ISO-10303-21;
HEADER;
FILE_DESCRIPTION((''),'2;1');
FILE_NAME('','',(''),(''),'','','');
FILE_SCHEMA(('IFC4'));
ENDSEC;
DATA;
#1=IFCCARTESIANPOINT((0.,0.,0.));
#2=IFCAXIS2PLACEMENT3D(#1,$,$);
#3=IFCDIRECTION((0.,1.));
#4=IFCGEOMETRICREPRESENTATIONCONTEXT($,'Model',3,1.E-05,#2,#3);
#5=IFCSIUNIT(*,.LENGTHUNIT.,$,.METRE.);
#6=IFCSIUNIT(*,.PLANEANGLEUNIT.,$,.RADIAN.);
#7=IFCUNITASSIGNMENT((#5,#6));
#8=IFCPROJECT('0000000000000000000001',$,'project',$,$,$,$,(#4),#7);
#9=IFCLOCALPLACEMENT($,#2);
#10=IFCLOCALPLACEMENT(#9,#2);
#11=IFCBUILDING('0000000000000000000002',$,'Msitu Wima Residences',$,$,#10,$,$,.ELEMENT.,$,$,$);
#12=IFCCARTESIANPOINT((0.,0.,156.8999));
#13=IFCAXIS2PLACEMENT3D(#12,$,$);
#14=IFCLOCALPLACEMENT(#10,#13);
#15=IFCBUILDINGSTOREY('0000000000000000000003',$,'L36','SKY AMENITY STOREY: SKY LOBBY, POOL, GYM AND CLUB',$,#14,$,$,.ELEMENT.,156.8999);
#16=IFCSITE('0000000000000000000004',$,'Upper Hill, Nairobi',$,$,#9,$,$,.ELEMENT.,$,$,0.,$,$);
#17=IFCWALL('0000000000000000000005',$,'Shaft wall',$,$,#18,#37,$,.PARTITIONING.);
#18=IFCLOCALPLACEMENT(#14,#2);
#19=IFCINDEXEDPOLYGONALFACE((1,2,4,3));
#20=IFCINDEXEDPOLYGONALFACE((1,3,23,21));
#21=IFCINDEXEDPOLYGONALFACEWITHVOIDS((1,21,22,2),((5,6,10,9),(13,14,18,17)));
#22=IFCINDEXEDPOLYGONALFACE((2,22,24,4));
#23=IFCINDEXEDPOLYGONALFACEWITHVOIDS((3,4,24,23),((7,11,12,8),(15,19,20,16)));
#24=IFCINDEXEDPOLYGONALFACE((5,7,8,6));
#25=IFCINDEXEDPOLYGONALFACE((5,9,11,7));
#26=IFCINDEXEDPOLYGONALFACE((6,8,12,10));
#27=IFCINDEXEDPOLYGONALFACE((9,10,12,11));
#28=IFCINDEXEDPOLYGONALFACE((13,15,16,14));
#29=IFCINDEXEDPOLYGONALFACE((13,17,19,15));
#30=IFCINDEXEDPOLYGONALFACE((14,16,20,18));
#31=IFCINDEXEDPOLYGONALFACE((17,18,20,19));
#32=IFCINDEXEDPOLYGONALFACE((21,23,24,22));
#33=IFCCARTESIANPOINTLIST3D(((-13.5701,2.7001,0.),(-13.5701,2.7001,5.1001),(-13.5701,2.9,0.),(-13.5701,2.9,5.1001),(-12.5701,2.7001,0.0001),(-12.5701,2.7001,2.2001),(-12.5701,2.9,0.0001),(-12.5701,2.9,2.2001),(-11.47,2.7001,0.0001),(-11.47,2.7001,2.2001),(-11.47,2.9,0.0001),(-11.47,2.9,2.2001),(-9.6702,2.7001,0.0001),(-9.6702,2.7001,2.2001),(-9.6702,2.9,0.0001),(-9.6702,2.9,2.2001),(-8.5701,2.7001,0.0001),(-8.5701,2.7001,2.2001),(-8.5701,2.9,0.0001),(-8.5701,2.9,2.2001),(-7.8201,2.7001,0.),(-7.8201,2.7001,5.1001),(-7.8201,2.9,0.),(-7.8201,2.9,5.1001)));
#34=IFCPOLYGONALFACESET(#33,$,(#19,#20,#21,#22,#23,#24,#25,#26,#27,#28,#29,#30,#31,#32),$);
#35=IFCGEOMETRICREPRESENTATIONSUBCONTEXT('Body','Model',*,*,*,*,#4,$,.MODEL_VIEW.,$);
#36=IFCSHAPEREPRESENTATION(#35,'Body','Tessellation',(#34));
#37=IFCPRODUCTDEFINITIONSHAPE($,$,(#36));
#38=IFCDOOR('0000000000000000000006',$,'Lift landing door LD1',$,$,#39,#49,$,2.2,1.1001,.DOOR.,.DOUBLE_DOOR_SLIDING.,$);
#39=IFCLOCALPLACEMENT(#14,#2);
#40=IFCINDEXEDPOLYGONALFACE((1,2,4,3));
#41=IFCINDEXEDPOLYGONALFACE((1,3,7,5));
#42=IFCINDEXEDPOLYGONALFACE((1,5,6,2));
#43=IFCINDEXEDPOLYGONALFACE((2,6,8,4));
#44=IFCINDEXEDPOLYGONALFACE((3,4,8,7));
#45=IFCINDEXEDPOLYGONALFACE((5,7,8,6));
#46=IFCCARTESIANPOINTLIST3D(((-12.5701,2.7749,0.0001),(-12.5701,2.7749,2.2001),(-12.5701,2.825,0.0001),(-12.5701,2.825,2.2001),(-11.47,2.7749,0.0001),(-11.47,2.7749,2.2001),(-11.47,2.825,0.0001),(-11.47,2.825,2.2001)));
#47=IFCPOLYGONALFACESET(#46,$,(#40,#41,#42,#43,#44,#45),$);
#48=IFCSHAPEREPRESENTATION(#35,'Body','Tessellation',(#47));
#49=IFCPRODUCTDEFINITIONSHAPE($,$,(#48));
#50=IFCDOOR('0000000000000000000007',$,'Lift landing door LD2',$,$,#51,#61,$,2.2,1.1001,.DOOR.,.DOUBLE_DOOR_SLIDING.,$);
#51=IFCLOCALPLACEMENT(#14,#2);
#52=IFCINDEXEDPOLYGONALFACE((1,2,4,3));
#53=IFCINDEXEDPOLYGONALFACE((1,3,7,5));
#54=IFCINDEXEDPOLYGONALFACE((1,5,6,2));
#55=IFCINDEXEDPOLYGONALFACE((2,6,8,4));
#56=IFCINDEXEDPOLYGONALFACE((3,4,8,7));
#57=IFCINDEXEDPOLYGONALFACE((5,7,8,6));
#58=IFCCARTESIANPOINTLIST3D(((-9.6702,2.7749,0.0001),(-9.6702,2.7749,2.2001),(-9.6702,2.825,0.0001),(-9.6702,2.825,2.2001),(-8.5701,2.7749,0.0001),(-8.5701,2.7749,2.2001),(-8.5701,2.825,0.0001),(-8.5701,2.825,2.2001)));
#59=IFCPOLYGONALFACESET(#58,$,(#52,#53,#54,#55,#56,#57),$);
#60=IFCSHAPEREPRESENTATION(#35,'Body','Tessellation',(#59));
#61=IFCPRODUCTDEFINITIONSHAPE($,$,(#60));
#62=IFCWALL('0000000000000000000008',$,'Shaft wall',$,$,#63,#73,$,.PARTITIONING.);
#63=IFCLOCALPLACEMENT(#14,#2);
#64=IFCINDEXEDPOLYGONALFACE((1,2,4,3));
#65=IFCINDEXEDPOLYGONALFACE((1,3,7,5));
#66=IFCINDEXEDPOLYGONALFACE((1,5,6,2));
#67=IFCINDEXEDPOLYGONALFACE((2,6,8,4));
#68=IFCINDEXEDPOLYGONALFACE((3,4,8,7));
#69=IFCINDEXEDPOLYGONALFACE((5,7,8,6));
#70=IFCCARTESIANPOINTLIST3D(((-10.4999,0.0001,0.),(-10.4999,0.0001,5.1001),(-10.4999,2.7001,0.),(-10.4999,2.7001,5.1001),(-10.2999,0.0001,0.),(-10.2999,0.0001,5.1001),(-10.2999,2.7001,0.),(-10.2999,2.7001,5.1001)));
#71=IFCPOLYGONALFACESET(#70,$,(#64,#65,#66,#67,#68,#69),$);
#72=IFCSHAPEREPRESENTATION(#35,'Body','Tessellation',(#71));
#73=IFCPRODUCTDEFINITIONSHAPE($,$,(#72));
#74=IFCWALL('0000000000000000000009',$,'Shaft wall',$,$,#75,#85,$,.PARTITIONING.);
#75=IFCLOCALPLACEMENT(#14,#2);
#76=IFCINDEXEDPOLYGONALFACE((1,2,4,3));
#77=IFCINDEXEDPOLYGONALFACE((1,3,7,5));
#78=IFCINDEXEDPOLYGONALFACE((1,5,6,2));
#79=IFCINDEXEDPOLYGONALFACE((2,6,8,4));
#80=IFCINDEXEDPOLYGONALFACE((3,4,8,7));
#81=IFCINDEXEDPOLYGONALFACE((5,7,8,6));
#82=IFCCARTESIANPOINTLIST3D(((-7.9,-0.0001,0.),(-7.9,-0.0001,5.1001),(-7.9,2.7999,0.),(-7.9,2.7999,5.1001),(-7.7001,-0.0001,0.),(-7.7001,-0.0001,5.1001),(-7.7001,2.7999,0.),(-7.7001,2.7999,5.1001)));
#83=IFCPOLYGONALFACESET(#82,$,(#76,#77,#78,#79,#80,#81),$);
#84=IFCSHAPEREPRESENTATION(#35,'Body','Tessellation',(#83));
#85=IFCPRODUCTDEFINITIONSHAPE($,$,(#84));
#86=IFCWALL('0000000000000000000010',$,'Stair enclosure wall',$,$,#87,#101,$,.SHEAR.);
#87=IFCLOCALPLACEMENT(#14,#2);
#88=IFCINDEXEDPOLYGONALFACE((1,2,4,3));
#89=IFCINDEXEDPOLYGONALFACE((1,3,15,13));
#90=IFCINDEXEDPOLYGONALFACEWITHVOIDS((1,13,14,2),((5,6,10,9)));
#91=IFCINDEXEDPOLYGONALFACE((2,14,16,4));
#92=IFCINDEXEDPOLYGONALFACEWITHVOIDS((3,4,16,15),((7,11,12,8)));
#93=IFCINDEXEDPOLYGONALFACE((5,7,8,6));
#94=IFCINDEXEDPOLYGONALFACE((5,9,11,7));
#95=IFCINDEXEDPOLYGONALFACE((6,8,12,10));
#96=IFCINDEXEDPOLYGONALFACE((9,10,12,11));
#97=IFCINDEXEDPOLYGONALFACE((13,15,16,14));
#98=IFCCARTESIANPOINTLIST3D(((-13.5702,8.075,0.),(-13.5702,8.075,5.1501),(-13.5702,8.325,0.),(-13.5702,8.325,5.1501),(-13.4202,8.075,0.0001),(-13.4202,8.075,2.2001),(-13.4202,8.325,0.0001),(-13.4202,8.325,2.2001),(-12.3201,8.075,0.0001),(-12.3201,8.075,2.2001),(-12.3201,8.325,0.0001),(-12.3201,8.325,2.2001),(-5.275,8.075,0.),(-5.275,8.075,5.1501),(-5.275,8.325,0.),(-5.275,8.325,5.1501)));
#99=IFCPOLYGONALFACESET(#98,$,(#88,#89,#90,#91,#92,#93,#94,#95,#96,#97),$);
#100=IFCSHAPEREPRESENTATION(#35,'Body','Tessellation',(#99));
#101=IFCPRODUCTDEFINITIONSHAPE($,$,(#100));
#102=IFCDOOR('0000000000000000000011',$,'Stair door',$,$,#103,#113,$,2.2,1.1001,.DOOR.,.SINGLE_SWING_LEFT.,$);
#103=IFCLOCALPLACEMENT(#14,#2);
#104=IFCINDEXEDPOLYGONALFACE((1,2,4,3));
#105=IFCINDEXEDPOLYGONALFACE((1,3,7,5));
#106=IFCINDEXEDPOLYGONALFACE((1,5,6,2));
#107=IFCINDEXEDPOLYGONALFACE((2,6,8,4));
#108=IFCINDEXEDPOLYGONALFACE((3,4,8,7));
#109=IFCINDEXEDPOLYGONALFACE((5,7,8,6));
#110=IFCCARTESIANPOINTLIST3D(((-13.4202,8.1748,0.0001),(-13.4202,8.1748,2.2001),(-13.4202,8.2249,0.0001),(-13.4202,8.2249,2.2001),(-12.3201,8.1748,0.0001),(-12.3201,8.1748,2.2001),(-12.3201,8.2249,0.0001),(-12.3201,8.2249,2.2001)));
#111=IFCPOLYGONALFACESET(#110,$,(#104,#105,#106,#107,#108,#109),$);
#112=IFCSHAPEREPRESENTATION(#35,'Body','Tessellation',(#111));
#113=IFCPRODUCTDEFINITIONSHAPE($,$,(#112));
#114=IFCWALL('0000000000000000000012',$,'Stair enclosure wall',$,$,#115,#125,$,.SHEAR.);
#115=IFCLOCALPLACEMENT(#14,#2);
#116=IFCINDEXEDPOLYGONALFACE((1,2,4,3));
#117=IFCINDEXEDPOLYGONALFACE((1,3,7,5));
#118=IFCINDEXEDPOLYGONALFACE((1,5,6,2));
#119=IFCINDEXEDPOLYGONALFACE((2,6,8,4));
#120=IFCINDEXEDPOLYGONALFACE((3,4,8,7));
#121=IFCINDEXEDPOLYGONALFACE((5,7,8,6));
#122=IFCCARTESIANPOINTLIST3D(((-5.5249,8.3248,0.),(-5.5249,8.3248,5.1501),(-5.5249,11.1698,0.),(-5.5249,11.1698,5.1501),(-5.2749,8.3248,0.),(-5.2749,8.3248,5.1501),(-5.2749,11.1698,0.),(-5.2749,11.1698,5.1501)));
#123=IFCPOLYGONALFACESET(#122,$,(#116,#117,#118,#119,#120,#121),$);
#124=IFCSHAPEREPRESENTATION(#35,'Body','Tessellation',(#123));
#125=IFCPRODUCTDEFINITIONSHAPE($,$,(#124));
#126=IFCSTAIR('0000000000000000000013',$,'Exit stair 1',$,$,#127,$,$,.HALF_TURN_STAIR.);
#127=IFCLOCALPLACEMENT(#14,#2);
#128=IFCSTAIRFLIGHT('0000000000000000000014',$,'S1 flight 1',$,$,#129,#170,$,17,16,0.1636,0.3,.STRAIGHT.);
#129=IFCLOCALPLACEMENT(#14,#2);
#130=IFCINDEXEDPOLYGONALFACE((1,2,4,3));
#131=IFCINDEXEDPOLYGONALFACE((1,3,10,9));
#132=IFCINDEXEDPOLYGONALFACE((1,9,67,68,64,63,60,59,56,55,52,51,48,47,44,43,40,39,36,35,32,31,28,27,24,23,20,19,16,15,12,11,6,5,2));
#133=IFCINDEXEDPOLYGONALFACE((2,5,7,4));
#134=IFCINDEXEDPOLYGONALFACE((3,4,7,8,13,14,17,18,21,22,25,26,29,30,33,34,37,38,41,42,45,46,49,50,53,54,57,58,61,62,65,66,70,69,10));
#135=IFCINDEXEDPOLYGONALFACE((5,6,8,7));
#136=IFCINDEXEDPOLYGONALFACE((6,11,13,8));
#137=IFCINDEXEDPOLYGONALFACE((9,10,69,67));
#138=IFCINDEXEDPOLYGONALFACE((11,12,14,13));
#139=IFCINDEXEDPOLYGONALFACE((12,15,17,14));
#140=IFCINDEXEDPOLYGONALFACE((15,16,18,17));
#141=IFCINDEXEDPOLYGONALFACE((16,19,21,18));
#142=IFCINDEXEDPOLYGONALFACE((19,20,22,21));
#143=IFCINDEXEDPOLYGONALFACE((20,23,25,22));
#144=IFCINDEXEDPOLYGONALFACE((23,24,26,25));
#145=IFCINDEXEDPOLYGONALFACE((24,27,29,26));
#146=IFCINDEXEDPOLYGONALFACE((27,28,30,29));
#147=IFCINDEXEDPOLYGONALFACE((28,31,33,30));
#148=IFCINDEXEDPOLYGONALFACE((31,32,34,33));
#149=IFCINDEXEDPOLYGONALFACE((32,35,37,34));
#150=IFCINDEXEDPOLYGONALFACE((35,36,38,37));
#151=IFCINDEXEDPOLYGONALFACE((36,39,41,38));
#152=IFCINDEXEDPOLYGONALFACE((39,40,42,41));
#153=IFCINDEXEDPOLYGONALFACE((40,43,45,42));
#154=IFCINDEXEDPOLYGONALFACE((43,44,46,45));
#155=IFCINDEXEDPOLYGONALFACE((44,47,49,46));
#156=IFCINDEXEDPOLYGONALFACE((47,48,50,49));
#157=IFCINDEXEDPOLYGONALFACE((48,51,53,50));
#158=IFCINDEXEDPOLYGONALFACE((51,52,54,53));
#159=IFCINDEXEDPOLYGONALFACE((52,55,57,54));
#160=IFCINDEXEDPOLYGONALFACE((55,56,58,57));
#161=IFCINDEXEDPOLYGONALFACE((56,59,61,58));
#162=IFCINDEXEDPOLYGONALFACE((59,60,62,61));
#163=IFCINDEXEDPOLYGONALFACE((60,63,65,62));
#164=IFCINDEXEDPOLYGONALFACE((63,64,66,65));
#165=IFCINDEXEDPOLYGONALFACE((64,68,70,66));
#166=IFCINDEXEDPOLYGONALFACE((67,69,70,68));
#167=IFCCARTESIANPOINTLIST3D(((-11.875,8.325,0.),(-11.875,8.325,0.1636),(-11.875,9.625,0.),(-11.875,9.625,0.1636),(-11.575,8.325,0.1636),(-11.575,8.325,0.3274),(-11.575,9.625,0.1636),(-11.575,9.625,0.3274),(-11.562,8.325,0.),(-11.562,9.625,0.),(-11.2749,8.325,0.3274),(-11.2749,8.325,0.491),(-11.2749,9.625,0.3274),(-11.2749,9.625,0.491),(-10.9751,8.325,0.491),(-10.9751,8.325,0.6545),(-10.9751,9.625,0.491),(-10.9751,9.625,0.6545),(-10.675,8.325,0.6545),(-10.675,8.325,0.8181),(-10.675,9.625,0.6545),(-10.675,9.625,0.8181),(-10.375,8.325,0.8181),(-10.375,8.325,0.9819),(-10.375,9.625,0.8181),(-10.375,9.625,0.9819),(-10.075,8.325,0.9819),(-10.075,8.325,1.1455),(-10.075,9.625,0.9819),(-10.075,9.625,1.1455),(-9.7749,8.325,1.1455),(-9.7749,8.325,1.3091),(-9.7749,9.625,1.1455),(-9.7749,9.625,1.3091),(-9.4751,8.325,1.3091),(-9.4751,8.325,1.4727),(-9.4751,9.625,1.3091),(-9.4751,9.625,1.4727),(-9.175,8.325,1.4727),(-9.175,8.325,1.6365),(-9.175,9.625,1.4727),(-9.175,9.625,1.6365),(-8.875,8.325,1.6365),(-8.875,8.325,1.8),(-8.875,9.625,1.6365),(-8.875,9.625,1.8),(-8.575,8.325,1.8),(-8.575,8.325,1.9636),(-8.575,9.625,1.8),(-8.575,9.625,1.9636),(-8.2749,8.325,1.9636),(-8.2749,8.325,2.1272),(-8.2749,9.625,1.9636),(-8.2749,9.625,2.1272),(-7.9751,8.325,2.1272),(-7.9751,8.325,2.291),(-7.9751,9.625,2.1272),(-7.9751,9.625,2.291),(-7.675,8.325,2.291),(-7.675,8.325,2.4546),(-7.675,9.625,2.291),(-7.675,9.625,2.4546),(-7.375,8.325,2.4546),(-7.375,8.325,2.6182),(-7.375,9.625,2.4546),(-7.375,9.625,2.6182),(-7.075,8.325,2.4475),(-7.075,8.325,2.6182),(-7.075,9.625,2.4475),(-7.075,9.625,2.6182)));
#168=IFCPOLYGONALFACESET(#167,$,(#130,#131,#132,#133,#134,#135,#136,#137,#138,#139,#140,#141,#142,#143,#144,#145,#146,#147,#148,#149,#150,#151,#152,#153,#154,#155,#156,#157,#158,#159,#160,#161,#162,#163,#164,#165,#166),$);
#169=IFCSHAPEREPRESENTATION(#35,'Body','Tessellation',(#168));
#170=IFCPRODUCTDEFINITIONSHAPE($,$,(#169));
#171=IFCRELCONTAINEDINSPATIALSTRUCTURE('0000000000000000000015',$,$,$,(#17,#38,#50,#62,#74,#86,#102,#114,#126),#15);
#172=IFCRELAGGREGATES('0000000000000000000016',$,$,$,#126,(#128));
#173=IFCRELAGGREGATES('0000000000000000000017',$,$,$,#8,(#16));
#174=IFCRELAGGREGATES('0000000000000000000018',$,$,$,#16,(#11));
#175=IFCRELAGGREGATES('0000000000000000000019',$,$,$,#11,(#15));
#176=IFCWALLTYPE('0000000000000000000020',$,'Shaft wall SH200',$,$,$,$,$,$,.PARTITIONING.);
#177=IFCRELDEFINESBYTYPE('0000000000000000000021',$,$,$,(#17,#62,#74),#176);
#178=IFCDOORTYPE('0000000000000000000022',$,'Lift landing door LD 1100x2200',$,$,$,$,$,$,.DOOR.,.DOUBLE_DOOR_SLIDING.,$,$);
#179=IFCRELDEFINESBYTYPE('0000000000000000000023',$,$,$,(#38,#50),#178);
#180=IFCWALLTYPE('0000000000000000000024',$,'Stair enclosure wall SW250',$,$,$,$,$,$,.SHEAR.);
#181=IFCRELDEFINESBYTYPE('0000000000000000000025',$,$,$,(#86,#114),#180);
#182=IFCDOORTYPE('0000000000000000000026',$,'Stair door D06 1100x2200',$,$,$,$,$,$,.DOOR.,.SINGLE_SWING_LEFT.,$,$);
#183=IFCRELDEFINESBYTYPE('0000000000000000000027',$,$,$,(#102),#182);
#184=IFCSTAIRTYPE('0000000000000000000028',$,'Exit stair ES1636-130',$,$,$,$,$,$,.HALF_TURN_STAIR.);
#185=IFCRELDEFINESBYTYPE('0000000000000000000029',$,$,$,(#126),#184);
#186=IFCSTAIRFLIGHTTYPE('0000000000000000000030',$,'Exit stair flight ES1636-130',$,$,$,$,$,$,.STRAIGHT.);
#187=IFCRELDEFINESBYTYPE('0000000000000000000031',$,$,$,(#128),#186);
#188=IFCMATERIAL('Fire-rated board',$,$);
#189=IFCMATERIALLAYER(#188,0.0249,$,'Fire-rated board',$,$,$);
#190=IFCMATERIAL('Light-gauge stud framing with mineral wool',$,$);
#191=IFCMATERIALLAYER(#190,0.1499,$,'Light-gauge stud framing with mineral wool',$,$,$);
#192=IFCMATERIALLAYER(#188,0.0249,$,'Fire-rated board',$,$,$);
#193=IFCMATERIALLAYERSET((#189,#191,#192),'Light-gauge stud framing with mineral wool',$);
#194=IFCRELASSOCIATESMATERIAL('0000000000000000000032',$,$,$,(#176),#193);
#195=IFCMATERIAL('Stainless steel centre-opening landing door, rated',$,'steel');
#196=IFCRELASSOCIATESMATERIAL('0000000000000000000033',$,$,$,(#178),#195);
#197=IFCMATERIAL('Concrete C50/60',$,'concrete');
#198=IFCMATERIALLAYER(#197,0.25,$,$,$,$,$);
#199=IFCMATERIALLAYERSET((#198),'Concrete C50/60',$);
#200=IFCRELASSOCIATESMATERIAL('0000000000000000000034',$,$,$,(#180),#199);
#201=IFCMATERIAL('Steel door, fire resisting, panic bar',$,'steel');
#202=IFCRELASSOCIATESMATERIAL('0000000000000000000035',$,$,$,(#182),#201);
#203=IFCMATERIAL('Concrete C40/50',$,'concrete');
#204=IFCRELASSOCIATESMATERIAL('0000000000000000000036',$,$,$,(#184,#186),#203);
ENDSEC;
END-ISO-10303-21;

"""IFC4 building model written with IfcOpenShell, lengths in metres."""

from ifc_helpers import new_model, si_unit, direction, frame, frame_2d, origin, place, context, subcontext, project, spatial, polyline, rectangle, outline, extrude, material, layer, layer_set, type_object, element, fill, aggregate, save


model = new_model("IFC4")

# Units and contexts
model_context = context("Model", 3, precision=1e-05, world=origin(), true_north=direction((0.0, 1.0)))
body_context = subcontext(model_context, "Body", "Model", "MODEL_VIEW")
ifc_project = project(units=[si_unit("LENGTHUNIT", "METRE"), si_unit("PLANEANGLEUNIT", "RADIAN")], contexts=[model_context])

# Site, building, storey
site_placement = place(None, origin())
site = spatial("IfcSite", under=ifc_project, at=site_placement, Name="Upper Hill, Nairobi", CompositionType="ELEMENT", RefElevation=0.0)
building_placement = place(site_placement, origin())
building = spatial("IfcBuilding", under=site, at=building_placement, Name="Msitu Wima Residences", CompositionType="ELEMENT")
storey_placement = place(building_placement, frame((0.0, 0.0, 156.8999)))
storey = spatial("IfcBuildingStorey", under=building, at=storey_placement, Name="L36", Description="SKY AMENITY STOREY: SKY LOBBY, POOL, GYM AND CLUB", CompositionType="ELEMENT", Elevation=156.8999)

# Shared definitions
ifc_material_1 = material(Name="Concrete C40/50", Category="concrete")

# Wall, openings, doors
ifc_material_2 = material(Name="Fire-rated board")
ifc_layer_1 = layer(ifc_material_2, 0.0249, Name="Fire-rated board")
ifc_material_3 = material(Name="Light-gauge stud framing with mineral wool")
ifc_layer_2 = layer(ifc_material_3, 0.1499, Name="Light-gauge stud framing with mineral wool")
ifc_layer_3 = layer(ifc_material_2, 0.0249, Name="Fire-rated board")
ifc_layer_set_1 = layer_set([ifc_layer_1, ifc_layer_2, ifc_layer_3], Name="Light-gauge stud framing with mineral wool")
wall_type_1 = type_object("IfcWallType", Name="Shaft wall SH200", PredefinedType="PARTITIONING", material=ifc_layer_set_1)
wall_1_placement = place(storey_placement, frame((-13.5701, 2.8, 0.0), z_axis=(0.0, 0.0, 1.0), x_axis=(1.0, 0.0, 0.0)))
wall_1 = element("IfcWall", 1, at=wall_1_placement, inside=storey, type_object=wall_type_1, Name="Shaft wall", PredefinedType="PARTITIONING", context=body_context, shape_type="SweptSolid", body=[
    extrude(rectangle(XDim=5.75, YDim=0.2, at=frame_2d((2.875, 0.0))), origin(), (0.0, 0.0, 1.0), 5.1001),
])
opening_1_placement = place(wall_1_placement, frame((1.0, 0.0, 0.0)))
opening_1 = element("IfcOpeningElement", 2, at=opening_1_placement, cuts=wall_1, PredefinedType="OPENING", context=body_context, shape_type="SweptSolid", body=[
    extrude(rectangle(XDim=1.1001, YDim=2.2, at=frame_2d((0.55, 1.1001))), frame((0.0, 0.1099, 0.0), z_axis=(0.0, -1.0, 0.0), x_axis=(1.0, 0.0, 0.0)), (0.0, 0.0, 1.0), 0.22),
])
opening_2_placement = place(wall_1_placement, frame((3.8999, 0.0, 0.0)))
opening_2 = element("IfcOpeningElement", 3, at=opening_2_placement, cuts=wall_1, PredefinedType="OPENING", context=body_context, shape_type="SweptSolid", body=[
    extrude(rectangle(XDim=1.1001, YDim=2.2, at=frame_2d((0.55, 1.1001))), frame((0.0, 0.1099, 0.0), z_axis=(0.0, -1.0, 0.0), x_axis=(1.0, 0.0, 0.0)), (0.0, 0.0, 1.0), 0.22),
])
ifc_material_4 = material(Name="Stainless steel centre-opening landing door, rated", Category="steel")
door_type_1 = type_object("IfcDoorType", Name="Lift landing door LD 1100x2200", OperationType="DOUBLE_DOOR_SLIDING", PredefinedType="DOOR", material=ifc_material_4)
door_1_placement = place(opening_1_placement, origin())
door_1 = element("IfcDoor", 4, at=door_1_placement, inside=storey, type_object=door_type_1, Name="Lift landing door LD1", OperationType="DOUBLE_DOOR_SLIDING", OverallHeight=2.2, OverallWidth=1.1001, PredefinedType="DOOR", context=body_context, shape_type="SweptSolid", body=[
    extrude(rectangle(XDim=1.1001, YDim=2.2, at=frame_2d((0.55, 1.1001))), frame((0.0, 0.0249, 0.0), z_axis=(0.0, -1.0, 0.0), x_axis=(1.0, 0.0, 0.0)), (0.0, 0.0, 1.0), 0.05),
])
fill(opening_1, door_1)
door_2_placement = place(opening_2_placement, origin())
door_2 = element("IfcDoor", 5, at=door_2_placement, inside=storey, type_object=door_type_1, Name="Lift landing door LD2", OperationType="DOUBLE_DOOR_SLIDING", OverallHeight=2.2, OverallWidth=1.1001, PredefinedType="DOOR", context=body_context, shape_type="SweptSolid", body=[
    extrude(rectangle(XDim=1.1001, YDim=2.2, at=frame_2d((0.55, 1.1001))), frame((0.0, 0.0249, 0.0), z_axis=(0.0, -1.0, 0.0), x_axis=(1.0, 0.0, 0.0)), (0.0, 0.0, 1.0), 0.05),
])
fill(opening_2, door_2)

# Walls
wall_2_placement = place(storey_placement, frame((-10.3999, 0.0, 0.0), z_axis=(0.0, 0.0, 1.0), x_axis=(0.0, 1.0, 0.0)))
element("IfcWall", 6, at=wall_2_placement, inside=storey, type_object=wall_type_1, Name="Shaft wall", PredefinedType="PARTITIONING", context=body_context, shape_type="SweptSolid", body=[
    extrude(rectangle(XDim=2.7, YDim=0.2, at=frame_2d((1.3501, 0.0))), origin(), (0.0, 0.0, 1.0), 5.1001),
])
wall_3_placement = place(storey_placement, frame((-7.8, 0.0, 0.0), z_axis=(0.0, 0.0, 1.0), x_axis=(0.0, 1.0, 0.0)))
element("IfcWall", 7, at=wall_3_placement, inside=storey, type_object=wall_type_1, Name="Shaft wall", PredefinedType="PARTITIONING", context=body_context, shape_type="SweptSolid", body=[
    extrude(rectangle(XDim=2.8, YDim=0.2, at=frame_2d((1.3999, 0.0))), origin(), (0.0, 0.0, 1.0), 5.1001),
])

# Wall, opening, door
ifc_material_5 = material(Name="Concrete C50/60", Category="concrete")
ifc_layer_4 = layer(ifc_material_5, 0.25)
ifc_layer_set_2 = layer_set([ifc_layer_4], Name="Concrete C50/60")
wall_type_2 = type_object("IfcWallType", Name="Stair enclosure wall SW250", PredefinedType="SHEAR", material=ifc_layer_set_2)
wall_4_placement = place(storey_placement, frame((-13.5701, 8.2, 0.0), z_axis=(0.0, 0.0, 1.0), x_axis=(1.0, 0.0, 0.0)))
wall_4 = element("IfcWall", 8, at=wall_4_placement, inside=storey, type_object=wall_type_2, Name="Stair enclosure wall", PredefinedType="SHEAR", context=body_context, shape_type="SweptSolid", body=[
    extrude(rectangle(XDim=8.2952, YDim=0.25, at=frame_2d((4.1475, 0.0))), origin(), (0.0, 0.0, 1.0), 5.1501),
])
opening_3_placement = place(wall_4_placement, frame((0.1499, 0.0, 0.0)))
opening_3 = element("IfcOpeningElement", 9, at=opening_3_placement, cuts=wall_4, PredefinedType="OPENING", context=body_context, shape_type="SweptSolid", body=[
    extrude(rectangle(XDim=1.1001, YDim=2.2, at=frame_2d((0.55, 1.1001))), frame((0.0, 0.135, 0.0), z_axis=(0.0, -1.0, 0.0), x_axis=(1.0, 0.0, 0.0)), (0.0, 0.0, 1.0), 0.27),
])
ifc_material_6 = material(Name="Steel door, fire resisting, panic bar", Category="steel")
door_type_2 = type_object("IfcDoorType", Name="Stair door D06 1100x2200", OperationType="SINGLE_SWING_LEFT", PredefinedType="DOOR", material=ifc_material_6)
door_3_placement = place(opening_3_placement, origin())
door_3 = element("IfcDoor", 10, at=door_3_placement, inside=storey, type_object=door_type_2, Name="Stair door", OperationType="SINGLE_SWING_LEFT", OverallHeight=2.2, OverallWidth=1.1001, PredefinedType="DOOR", context=body_context, shape_type="SweptSolid", body=[
    extrude(rectangle(XDim=1.1001, YDim=2.2, at=frame_2d((0.55, 1.1001))), frame((0.0, 0.0249, 0.0), z_axis=(0.0, -1.0, 0.0), x_axis=(1.0, 0.0, 0.0)), (0.0, 0.0, 1.0), 0.05),
])
fill(opening_3, door_3)

# Wall
wall_5_placement = place(storey_placement, frame((-5.3999, 8.325, 0.0), z_axis=(0.0, 0.0, 1.0), x_axis=(0.0, 1.0, 0.0)))
element("IfcWall", 11, at=wall_5_placement, inside=storey, type_object=wall_type_2, Name="Stair enclosure wall", PredefinedType="SHEAR", context=body_context, shape_type="SweptSolid", body=[
    extrude(rectangle(XDim=2.845, YDim=0.25, at=frame_2d((1.4224, 0.0))), origin(), (0.0, 0.0, 1.0), 5.1501),
])

# Stair, stair flight
stair_type = type_object("IfcStairType", Name="Exit stair ES1636-130", PredefinedType="HALF_TURN_STAIR", material=ifc_material_1)
stair_placement = place(storey_placement, origin())
stair = element("IfcStair", 12, at=stair_placement, inside=storey, type_object=stair_type, Name="Exit stair 1", PredefinedType="HALF_TURN_STAIR")
stair_flight_type = type_object("IfcStairFlightType", Name="Exit stair flight ES1636-130", PredefinedType="STRAIGHT", material=ifc_material_1)
stair_flight_1_placement = place(storey_placement, frame((-11.875, 8.9751, 0.0), z_axis=(0.0, 0.0, 1.0), x_axis=(1.0, 0.0, 0.0)))
stair_flight_1 = element("IfcStairFlight", 13, at=stair_flight_1_placement, type_object=stair_flight_type, Name="S1 flight 1", NumberOfRisers=17, NumberOfTreads=16, PredefinedType="STRAIGHT", RiserHeight=0.1636, TreadLength=0.3, context=body_context, shape_type="SweptSolid", body=[
    extrude(outline(polyline([(0.0, 0.0), (0.0, 0.1636), (0.3, 0.1636), (0.3, 0.3274), (0.6001, 0.3274), (0.6001, 0.491), (0.8999, 0.491), (0.8999, 0.6545), (1.2, 0.6545), (1.2, 0.8181), (1.5, 0.8181), (1.5, 0.9819), (1.8, 0.9819), (1.8, 1.1455), (2.1001, 1.1455), (2.1001, 1.3091), (2.3999, 1.3091), (2.3999, 1.4727), (2.7, 1.4727), (2.7, 1.6365), (3.0, 1.6365), (3.0, 1.8), (3.3, 1.8), (3.3, 1.9636), (3.6001, 1.9636), (3.6001, 2.1272), (3.8999, 2.1272), (3.8999, 2.291), (4.2, 2.291), (4.2, 2.4546), (4.5, 2.4546), (4.5, 2.6182), (4.8, 2.6182), (4.8, 2.7817), (4.8, 2.4475), (0.313, 0.0), (0.0, 0.0)])), frame((0.0, 0.6499, 0.0), z_axis=(0.0, -1.0, 0.0), x_axis=(1.0, 0.0, 0.0)), (0.0, 0.0, 1.0), 1.3),
])
aggregate(stair, [stair_flight_1])

save(model, "model.ifc")
